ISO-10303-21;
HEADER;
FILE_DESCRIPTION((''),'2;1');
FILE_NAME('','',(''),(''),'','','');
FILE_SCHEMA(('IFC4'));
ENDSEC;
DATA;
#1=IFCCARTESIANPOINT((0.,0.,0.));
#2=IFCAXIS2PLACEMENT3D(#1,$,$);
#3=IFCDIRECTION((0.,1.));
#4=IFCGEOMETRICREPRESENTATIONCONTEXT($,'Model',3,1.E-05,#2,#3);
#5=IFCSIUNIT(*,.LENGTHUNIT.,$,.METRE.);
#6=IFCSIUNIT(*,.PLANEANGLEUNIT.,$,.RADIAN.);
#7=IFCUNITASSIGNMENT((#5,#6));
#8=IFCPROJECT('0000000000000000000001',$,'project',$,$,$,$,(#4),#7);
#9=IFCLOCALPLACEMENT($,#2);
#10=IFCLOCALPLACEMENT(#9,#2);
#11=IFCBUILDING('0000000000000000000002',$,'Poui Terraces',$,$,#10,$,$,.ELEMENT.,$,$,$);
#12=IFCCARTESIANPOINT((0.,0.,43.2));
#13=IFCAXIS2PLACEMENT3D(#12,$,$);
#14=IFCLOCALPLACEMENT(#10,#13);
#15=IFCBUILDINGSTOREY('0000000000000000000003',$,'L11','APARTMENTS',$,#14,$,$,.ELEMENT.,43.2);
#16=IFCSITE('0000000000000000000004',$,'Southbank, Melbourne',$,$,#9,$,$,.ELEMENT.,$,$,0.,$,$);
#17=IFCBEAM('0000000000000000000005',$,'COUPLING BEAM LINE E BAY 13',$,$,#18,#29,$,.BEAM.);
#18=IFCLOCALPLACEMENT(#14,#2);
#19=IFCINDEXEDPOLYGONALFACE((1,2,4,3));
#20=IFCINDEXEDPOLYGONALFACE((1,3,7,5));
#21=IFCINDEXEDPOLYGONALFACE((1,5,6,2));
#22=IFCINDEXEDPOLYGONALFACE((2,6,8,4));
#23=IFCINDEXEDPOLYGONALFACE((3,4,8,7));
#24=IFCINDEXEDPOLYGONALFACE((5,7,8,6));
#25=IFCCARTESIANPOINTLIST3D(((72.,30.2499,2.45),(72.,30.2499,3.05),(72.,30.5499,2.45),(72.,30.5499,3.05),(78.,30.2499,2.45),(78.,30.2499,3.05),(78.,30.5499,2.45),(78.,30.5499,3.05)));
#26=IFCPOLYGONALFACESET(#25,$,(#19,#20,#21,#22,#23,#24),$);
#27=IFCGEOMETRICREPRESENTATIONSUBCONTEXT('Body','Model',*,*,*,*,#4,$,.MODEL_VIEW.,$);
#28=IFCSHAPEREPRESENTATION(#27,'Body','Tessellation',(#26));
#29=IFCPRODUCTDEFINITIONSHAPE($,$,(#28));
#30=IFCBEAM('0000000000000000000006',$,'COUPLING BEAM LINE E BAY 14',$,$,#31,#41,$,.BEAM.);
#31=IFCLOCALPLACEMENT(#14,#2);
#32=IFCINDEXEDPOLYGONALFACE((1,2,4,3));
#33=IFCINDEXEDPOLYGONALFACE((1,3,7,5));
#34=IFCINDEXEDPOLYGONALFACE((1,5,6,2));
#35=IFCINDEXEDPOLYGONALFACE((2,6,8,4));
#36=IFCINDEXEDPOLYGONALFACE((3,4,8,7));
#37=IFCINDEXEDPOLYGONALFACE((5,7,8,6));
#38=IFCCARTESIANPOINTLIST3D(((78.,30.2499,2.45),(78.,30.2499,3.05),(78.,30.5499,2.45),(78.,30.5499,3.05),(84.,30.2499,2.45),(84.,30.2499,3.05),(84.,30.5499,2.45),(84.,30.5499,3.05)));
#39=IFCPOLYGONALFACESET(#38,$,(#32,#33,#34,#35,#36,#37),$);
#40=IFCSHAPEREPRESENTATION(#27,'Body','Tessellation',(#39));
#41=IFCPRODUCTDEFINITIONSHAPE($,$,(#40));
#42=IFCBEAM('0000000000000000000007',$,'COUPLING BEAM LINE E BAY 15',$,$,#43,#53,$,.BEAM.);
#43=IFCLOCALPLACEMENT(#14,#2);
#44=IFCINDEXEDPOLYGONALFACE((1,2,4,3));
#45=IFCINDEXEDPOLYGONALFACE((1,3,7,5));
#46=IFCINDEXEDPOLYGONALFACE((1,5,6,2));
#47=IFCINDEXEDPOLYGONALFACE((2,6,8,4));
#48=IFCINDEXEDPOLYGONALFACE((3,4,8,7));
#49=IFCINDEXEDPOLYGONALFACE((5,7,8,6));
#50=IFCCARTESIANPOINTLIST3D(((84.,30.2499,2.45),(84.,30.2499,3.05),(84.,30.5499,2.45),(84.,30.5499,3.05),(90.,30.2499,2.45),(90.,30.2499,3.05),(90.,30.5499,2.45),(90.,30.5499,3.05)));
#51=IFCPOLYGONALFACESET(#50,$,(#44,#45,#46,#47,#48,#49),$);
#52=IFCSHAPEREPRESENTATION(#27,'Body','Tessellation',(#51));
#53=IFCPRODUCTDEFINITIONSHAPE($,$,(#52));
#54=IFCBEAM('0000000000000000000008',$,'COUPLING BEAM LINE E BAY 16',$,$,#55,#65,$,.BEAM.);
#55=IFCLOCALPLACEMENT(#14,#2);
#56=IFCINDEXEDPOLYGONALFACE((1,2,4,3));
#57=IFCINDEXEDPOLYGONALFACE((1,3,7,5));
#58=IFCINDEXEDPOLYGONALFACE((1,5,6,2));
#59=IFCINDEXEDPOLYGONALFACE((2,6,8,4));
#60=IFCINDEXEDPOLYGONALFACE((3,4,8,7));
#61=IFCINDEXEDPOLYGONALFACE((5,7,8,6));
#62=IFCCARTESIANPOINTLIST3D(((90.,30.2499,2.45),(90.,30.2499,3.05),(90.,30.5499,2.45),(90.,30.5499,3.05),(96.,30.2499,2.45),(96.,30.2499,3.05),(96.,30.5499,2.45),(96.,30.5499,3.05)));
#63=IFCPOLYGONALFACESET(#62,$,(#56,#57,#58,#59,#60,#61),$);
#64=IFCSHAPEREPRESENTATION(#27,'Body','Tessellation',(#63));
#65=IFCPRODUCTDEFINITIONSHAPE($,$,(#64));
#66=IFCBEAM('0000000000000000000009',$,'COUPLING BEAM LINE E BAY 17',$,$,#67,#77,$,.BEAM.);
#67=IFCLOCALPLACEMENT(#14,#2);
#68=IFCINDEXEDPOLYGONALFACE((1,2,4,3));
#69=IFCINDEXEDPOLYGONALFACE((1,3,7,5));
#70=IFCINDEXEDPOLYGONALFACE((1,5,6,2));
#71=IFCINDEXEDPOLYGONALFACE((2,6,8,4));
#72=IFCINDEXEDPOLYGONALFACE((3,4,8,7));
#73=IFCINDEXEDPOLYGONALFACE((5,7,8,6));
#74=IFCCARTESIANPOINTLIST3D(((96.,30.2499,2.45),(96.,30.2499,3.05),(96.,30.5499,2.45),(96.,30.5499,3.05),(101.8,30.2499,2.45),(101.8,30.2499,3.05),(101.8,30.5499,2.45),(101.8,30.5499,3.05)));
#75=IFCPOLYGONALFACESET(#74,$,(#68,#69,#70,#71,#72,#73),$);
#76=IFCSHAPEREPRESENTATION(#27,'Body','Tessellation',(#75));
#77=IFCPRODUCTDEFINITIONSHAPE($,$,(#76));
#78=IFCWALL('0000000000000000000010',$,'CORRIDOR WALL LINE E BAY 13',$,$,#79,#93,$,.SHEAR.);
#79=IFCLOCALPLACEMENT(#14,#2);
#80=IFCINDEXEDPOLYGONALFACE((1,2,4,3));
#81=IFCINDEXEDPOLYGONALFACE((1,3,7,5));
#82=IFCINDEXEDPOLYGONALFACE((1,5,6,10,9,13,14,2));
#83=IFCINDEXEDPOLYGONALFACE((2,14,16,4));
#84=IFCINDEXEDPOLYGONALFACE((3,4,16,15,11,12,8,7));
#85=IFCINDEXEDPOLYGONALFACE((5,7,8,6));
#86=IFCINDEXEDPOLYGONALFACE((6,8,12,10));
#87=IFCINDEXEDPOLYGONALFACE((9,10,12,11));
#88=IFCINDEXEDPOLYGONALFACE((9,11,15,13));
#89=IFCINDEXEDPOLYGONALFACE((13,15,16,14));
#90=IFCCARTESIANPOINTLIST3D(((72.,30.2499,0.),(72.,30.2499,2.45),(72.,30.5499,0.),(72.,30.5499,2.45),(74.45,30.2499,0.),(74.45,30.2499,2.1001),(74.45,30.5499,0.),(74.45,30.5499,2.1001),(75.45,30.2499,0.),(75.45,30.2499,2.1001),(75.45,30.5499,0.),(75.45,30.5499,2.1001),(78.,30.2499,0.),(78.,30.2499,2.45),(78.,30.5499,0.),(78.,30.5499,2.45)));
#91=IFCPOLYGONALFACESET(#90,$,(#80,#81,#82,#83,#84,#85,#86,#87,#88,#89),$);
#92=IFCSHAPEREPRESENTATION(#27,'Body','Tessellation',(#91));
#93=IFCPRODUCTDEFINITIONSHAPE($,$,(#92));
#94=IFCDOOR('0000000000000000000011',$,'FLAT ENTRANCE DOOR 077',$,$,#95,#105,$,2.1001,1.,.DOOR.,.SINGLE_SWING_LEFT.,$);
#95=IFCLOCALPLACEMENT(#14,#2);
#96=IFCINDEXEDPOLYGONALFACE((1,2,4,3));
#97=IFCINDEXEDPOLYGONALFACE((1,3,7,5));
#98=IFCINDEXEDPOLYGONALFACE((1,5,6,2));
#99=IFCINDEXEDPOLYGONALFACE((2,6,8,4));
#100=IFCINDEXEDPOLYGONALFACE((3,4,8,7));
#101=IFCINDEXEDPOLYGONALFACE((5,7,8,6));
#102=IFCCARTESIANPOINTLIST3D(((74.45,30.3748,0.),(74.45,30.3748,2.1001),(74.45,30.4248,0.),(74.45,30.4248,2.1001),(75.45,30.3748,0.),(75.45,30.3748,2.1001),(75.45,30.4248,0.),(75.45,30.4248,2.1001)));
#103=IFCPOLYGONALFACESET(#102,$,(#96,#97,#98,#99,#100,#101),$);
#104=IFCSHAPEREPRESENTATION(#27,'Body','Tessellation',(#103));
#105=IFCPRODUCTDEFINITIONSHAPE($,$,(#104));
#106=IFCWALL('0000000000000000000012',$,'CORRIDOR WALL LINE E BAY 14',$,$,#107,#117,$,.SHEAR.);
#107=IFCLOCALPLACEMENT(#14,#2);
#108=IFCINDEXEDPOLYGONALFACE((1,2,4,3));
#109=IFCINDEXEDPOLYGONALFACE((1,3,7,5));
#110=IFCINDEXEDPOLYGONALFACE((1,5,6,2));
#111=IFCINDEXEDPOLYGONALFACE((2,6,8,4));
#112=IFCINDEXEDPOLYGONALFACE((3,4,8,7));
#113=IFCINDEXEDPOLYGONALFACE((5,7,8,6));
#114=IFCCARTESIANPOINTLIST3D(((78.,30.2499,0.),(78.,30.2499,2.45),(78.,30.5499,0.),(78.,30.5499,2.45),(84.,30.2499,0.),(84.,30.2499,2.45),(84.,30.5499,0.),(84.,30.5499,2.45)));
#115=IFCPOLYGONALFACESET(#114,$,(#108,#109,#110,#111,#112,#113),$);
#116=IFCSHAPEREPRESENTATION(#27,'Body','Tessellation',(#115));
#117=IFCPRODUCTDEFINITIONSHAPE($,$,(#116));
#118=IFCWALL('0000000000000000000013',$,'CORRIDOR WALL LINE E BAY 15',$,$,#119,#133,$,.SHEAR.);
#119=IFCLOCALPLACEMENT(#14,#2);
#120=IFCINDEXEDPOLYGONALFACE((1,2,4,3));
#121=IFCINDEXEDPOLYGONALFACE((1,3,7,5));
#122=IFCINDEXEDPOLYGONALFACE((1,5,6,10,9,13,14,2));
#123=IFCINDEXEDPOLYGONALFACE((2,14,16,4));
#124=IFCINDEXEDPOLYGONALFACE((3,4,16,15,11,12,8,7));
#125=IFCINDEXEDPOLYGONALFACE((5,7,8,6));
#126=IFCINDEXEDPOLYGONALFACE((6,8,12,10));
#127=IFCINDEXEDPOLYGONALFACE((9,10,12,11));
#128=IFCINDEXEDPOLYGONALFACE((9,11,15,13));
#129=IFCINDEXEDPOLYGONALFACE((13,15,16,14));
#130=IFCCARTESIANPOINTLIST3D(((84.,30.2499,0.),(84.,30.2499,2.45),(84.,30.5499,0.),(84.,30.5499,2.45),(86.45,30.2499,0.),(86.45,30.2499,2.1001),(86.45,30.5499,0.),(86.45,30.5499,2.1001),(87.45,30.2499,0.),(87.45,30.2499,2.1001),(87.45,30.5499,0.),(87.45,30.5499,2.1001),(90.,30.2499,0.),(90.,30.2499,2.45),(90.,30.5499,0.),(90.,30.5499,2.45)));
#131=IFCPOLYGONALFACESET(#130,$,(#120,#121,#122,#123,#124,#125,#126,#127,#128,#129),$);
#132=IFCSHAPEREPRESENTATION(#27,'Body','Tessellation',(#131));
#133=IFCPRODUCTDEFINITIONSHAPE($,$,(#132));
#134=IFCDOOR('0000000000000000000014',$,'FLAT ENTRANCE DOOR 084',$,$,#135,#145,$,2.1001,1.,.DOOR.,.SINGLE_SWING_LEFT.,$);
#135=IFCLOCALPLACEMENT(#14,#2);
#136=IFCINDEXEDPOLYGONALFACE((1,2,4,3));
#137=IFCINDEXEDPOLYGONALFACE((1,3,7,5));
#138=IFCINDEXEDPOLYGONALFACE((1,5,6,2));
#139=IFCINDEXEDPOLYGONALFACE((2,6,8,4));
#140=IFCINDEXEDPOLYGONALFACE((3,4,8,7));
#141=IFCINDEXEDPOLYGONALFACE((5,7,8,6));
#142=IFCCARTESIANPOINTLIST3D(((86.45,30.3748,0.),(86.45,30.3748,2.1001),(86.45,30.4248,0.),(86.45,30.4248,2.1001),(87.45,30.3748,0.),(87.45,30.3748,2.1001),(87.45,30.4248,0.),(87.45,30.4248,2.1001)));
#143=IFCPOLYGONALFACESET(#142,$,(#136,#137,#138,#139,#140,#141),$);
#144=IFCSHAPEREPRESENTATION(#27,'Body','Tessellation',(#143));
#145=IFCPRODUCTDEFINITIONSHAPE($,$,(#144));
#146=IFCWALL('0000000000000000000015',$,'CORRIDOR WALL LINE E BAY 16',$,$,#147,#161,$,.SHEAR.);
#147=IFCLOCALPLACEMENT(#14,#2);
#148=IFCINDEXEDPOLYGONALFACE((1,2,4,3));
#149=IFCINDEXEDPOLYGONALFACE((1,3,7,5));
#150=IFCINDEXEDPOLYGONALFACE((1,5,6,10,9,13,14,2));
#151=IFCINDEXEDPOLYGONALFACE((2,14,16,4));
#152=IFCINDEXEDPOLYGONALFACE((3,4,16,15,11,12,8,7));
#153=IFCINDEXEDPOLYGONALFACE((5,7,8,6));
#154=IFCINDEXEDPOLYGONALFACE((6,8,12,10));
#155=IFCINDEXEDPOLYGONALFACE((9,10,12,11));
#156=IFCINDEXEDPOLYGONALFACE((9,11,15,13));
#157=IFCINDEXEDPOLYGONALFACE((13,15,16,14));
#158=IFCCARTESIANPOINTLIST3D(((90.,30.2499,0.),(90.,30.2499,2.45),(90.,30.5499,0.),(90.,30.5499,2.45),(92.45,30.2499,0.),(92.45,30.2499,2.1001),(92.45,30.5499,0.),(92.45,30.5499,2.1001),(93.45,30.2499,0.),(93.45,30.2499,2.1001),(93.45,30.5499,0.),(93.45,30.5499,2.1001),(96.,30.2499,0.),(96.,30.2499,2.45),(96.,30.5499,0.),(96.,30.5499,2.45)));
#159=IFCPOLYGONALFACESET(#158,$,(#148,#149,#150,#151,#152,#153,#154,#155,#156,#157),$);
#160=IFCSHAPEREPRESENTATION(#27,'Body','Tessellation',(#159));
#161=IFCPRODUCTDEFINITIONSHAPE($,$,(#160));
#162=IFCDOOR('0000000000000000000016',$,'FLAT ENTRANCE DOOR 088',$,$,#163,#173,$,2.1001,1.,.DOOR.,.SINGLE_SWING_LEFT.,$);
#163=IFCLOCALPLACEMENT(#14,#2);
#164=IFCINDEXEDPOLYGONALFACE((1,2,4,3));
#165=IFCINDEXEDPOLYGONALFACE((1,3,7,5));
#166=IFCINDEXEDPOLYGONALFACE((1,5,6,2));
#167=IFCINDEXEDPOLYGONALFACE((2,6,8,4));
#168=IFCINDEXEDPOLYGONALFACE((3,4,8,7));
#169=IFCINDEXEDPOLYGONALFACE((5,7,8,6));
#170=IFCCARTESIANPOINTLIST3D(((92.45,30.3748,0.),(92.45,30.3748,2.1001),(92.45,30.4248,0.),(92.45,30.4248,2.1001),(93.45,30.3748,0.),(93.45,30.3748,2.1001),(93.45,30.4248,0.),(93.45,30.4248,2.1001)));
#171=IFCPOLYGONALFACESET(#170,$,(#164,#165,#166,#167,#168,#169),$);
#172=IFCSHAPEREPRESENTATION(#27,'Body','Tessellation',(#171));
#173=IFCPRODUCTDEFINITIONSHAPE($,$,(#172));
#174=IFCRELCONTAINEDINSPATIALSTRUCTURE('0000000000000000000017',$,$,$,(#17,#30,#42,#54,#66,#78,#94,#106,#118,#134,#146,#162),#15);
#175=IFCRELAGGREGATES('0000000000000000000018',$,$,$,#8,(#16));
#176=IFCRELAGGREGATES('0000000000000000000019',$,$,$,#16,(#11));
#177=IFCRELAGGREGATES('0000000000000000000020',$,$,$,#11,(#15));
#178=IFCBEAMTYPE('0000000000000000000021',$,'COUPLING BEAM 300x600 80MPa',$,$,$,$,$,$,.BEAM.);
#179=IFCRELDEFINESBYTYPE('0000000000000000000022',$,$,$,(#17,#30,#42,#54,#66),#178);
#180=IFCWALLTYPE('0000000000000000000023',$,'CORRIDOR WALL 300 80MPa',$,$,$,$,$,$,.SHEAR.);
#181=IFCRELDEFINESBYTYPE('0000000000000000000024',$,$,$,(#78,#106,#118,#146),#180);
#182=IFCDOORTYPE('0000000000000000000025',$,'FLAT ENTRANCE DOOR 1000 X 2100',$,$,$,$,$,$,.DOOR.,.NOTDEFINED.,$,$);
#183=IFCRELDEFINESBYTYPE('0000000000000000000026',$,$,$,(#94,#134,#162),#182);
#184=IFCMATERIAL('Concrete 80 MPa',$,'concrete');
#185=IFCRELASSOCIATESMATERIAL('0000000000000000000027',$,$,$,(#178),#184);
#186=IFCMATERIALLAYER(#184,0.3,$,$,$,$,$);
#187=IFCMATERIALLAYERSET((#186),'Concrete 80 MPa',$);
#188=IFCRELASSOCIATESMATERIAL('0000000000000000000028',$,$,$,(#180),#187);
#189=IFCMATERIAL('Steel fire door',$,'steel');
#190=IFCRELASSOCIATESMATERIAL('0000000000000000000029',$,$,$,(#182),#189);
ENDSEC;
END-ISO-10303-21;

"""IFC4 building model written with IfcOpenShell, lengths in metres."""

from ifc_helpers import new_model, si_unit, direction, frame, frame_2d, origin, origin_2d, place, context, subcontext, project, spatial, rectangle, extrude, source, transform, mapped, material, layer, layer_set, material_profile, profile_set, type_object, element, fill, save


model = new_model("IFC4")

# Units and contexts
model_context = context("Model", 3, precision=1e-05, world=origin(), true_north=direction((0.0, 1.0)))
body_context = subcontext(model_context, "Body", "Model", "MODEL_VIEW")
ifc_project = project(units=[si_unit("LENGTHUNIT", "METRE"), si_unit("PLANEANGLEUNIT", "RADIAN")], contexts=[model_context])

# Site, building, storey
site_placement = place(None, origin())
site = spatial("IfcSite", under=ifc_project, at=site_placement, Name="Southbank, Melbourne", CompositionType="ELEMENT", RefElevation=0.0)
building_placement = place(site_placement, origin())
building = spatial("IfcBuilding", under=site, at=building_placement, Name="Poui Terraces", CompositionType="ELEMENT")
storey_placement = place(building_placement, frame((0.0, 0.0, 43.2)))
storey = spatial("IfcBuildingStorey", under=building, at=storey_placement, Name="L11", Description="APARTMENTS", CompositionType="ELEMENT", Elevation=43.2)

# Beams
ifc_material_1 = material(Name="Concrete 80 MPa", Category="concrete")
ifc_material_profile = material_profile(ifc_material_1, rectangle(XDim=0.3, YDim=0.6001, at=origin_2d()), Name="RC 300x600")
ifc_profile_set = profile_set([ifc_material_profile], Name="Concrete 80 MPa")
beam_type = type_object("IfcBeamType", Name="COUPLING BEAM 300x600 80MPa", PredefinedType="BEAM", material=ifc_profile_set)
shared_shape_1 = source(origin(), body_context, "Body", "SweptSolid", [
    extrude(rectangle(XDim=0.3, YDim=0.6001, at=origin_2d()), origin(), (0.0, 0.0, 1.0), 6.0),
])
for number, where, z_axis, x_axis, name in (
    (1, (72.0, 30.3999, 2.75), (1.0, 0.0, 0.0), (0.0, 1.0, 0.0), "COUPLING BEAM LINE E BAY 13"),
    (2, (78.0, 30.3999, 2.75), (1.0, 0.0, 0.0), (0.0, 1.0, 0.0), "COUPLING BEAM LINE E BAY 14"),
    (3, (84.0, 30.3999, 2.75), (1.0, 0.0, 0.0), (0.0, 1.0, 0.0), "COUPLING BEAM LINE E BAY 15"),
    (4, (90.0, 30.3999, 2.75), (1.0, 0.0, 0.0), (0.0, 1.0, 0.0), "COUPLING BEAM LINE E BAY 16"),
):
    element("IfcBeam", number, at=place(storey_placement, frame(where, z_axis=z_axis, x_axis=x_axis)), inside=storey, type_object=beam_type, Name=name, PredefinedType="BEAM", context=body_context, shape_type="MappedRepresentation", body=[
        mapped(shared_shape_1, transform((0.0, 0.0, 0.0))),
    ])
shared_shape_2 = source(origin(), body_context, "Body", "SweptSolid", [
    extrude(rectangle(XDim=0.3, YDim=0.6001, at=origin_2d()), origin(), (0.0, 0.0, 1.0), 5.8),
])
beam_placement = place(storey_placement, frame((96.0, 30.3999, 2.75), z_axis=(1.0, 0.0, 0.0), x_axis=(0.0, 1.0, 0.0)))
element("IfcBeam", 5, at=beam_placement, inside=storey, type_object=beam_type, Name="COUPLING BEAM LINE E BAY 17", PredefinedType="BEAM", context=body_context, shape_type="MappedRepresentation", body=[
    mapped(shared_shape_2, transform((0.0, 0.0, 0.0))),
])

# Wall, opening, door
ifc_layer_1 = layer(ifc_material_1, 0.3)
ifc_layer_set_1 = layer_set([ifc_layer_1], Name="Concrete 80 MPa")
wall_type_1 = type_object("IfcWallType", Name="CORRIDOR WALL 300 80MPa", PredefinedType="SHEAR", material=ifc_layer_set_1)
wall_1_placement = place(storey_placement, frame((72.0, 30.3999, 0.0), z_axis=(0.0, 0.0, 1.0), x_axis=(1.0, 0.0, 0.0)))
wall_1 = element("IfcWall", 6, at=wall_1_placement, inside=storey, type_object=wall_type_1, Name="CORRIDOR WALL LINE E BAY 13", PredefinedType="SHEAR", context=body_context, shape_type="SweptSolid", body=[
    extrude(rectangle(XDim=6.0, YDim=0.3, at=frame_2d((3.0, 0.0))), origin(), (0.0, 0.0, 1.0), 2.45),
])
opening_1_placement = place(wall_1_placement, frame((2.45, 0.0, 0.0)))
opening_1 = element("IfcOpeningElement", 7, at=opening_1_placement, cuts=wall_1, PredefinedType="OPENING", context=body_context, shape_type="SweptSolid", body=[
    extrude(rectangle(XDim=1.0, YDim=2.1001, at=frame_2d((0.5, 1.05))), frame((0.0, 0.1602, 0.0), z_axis=(0.0, -1.0, 0.0), x_axis=(1.0, 0.0, 0.0)), (0.0, 0.0, 1.0), 0.3201),
])
ifc_material_2 = material(Name="Steel fire door", Category="steel")
door_type_1 = type_object("IfcDoorType", Name="FLAT ENTRANCE DOOR 1000 X 2100", OperationType="NOTDEFINED", PredefinedType="DOOR", material=ifc_material_2)
door_1_placement = place(opening_1_placement, origin())
door_1 = element("IfcDoor", 8, at=door_1_placement, inside=storey, type_object=door_type_1, Name="FLAT ENTRANCE DOOR 077", OperationType="SINGLE_SWING_LEFT", OverallHeight=2.1001, OverallWidth=1.0, PredefinedType="DOOR", context=body_context, shape_type="SweptSolid", body=[
    extrude(rectangle(XDim=1.0, YDim=2.1001, at=frame_2d((0.5, 1.05))), frame((0.0, 0.0249, 0.0), z_axis=(0.0, -1.0, 0.0), x_axis=(1.0, 0.0, 0.0)), (0.0, 0.0, 1.0), 0.05),
])
fill(opening_1, door_1)

# Wall
wall_2_placement = place(storey_placement, frame((78.0, 30.3999, 0.0), z_axis=(0.0, 0.0, 1.0), x_axis=(1.0, 0.0, 0.0)))
element("IfcWall", 9, at=wall_2_placement, inside=storey, type_object=wall_type_1, Name="CORRIDOR WALL LINE E BAY 14", PredefinedType="SHEAR", context=body_context, shape_type="SweptSolid", body=[
    extrude(rectangle(XDim=6.0, YDim=0.3, at=frame_2d((3.0, 0.0))), origin(), (0.0, 0.0, 1.0), 2.45),
])

# Walls, openings, doors
wall_3_placement = place(storey_placement, frame((84.0, 30.3999, 0.0), z_axis=(0.0, 0.0, 1.0), x_axis=(1.0, 0.0, 0.0)))
wall_3 = element("IfcWall", 10, at=wall_3_placement, inside=storey, type_object=wall_type_1, Name="CORRIDOR WALL LINE E BAY 15", PredefinedType="SHEAR", context=body_context, shape_type="SweptSolid", body=[
    extrude(rectangle(XDim=6.0, YDim=0.3, at=frame_2d((3.0, 0.0))), origin(), (0.0, 0.0, 1.0), 2.45),
])
opening_2_placement = place(wall_3_placement, frame((2.45, 0.0, 0.0)))
opening_2 = element("IfcOpeningElement", 11, at=opening_2_placement, cuts=wall_3, PredefinedType="OPENING", context=body_context, shape_type="SweptSolid", body=[
    extrude(rectangle(XDim=1.0, YDim=2.1001, at=frame_2d((0.5, 1.05))), frame((0.0, 0.1602, 0.0), z_axis=(0.0, -1.0, 0.0), x_axis=(1.0, 0.0, 0.0)), (0.0, 0.0, 1.0), 0.3201),
])
door_2_placement = place(opening_2_placement, origin())
door_2 = element("IfcDoor", 12, at=door_2_placement, inside=storey, type_object=door_type_1, Name="FLAT ENTRANCE DOOR 084", OperationType="SINGLE_SWING_LEFT", OverallHeight=2.1001, OverallWidth=1.0, PredefinedType="DOOR", context=body_context, shape_type="SweptSolid", body=[
    extrude(rectangle(XDim=1.0, YDim=2.1001, at=frame_2d((0.5, 1.05))), frame((0.0, 0.0249, 0.0), z_axis=(0.0, -1.0, 0.0), x_axis=(1.0, 0.0, 0.0)), (0.0, 0.0, 1.0), 0.05),
])
fill(opening_2, door_2)
wall_4_placement = place(storey_placement, frame((90.0, 30.3999, 0.0), z_axis=(0.0, 0.0, 1.0), x_axis=(1.0, 0.0, 0.0)))
wall_4 = element("IfcWall", 13, at=wall_4_placement, inside=storey, type_object=wall_type_1, Name="CORRIDOR WALL LINE E BAY 16", PredefinedType="SHEAR", context=body_context, shape_type="SweptSolid", body=[
    extrude(rectangle(XDim=6.0, YDim=0.3, at=frame_2d((3.0, 0.0))), origin(), (0.0, 0.0, 1.0), 2.45),
])
opening_3_placement = place(wall_4_placement, frame((2.45, 0.0, 0.0)))
opening_3 = element("IfcOpeningElement", 14, at=opening_3_placement, cuts=wall_4, PredefinedType="OPENING", context=body_context, shape_type="SweptSolid", body=[
    extrude(rectangle(XDim=1.0, YDim=2.1001, at=frame_2d((0.5, 1.05))), frame((0.0, 0.1602, 0.0), z_axis=(0.0, -1.0, 0.0), x_axis=(1.0, 0.0, 0.0)), (0.0, 0.0, 1.0), 0.3201),
])
door_3_placement = place(opening_3_placement, origin())
door_3 = element("IfcDoor", 15, at=door_3_placement, inside=storey, type_object=door_type_1, Name="FLAT ENTRANCE DOOR 088", OperationType="SINGLE_SWING_LEFT", OverallHeight=2.1001, OverallWidth=1.0, PredefinedType="DOOR", context=body_context, shape_type="SweptSolid", body=[
    extrude(rectangle(XDim=1.0, YDim=2.1001, at=frame_2d((0.5, 1.05))), frame((0.0, 0.0249, 0.0), z_axis=(0.0, -1.0, 0.0), x_axis=(1.0, 0.0, 0.0)), (0.0, 0.0, 1.0), 0.05),
])
fill(opening_3, door_3)

save(model, "model.ifc")
